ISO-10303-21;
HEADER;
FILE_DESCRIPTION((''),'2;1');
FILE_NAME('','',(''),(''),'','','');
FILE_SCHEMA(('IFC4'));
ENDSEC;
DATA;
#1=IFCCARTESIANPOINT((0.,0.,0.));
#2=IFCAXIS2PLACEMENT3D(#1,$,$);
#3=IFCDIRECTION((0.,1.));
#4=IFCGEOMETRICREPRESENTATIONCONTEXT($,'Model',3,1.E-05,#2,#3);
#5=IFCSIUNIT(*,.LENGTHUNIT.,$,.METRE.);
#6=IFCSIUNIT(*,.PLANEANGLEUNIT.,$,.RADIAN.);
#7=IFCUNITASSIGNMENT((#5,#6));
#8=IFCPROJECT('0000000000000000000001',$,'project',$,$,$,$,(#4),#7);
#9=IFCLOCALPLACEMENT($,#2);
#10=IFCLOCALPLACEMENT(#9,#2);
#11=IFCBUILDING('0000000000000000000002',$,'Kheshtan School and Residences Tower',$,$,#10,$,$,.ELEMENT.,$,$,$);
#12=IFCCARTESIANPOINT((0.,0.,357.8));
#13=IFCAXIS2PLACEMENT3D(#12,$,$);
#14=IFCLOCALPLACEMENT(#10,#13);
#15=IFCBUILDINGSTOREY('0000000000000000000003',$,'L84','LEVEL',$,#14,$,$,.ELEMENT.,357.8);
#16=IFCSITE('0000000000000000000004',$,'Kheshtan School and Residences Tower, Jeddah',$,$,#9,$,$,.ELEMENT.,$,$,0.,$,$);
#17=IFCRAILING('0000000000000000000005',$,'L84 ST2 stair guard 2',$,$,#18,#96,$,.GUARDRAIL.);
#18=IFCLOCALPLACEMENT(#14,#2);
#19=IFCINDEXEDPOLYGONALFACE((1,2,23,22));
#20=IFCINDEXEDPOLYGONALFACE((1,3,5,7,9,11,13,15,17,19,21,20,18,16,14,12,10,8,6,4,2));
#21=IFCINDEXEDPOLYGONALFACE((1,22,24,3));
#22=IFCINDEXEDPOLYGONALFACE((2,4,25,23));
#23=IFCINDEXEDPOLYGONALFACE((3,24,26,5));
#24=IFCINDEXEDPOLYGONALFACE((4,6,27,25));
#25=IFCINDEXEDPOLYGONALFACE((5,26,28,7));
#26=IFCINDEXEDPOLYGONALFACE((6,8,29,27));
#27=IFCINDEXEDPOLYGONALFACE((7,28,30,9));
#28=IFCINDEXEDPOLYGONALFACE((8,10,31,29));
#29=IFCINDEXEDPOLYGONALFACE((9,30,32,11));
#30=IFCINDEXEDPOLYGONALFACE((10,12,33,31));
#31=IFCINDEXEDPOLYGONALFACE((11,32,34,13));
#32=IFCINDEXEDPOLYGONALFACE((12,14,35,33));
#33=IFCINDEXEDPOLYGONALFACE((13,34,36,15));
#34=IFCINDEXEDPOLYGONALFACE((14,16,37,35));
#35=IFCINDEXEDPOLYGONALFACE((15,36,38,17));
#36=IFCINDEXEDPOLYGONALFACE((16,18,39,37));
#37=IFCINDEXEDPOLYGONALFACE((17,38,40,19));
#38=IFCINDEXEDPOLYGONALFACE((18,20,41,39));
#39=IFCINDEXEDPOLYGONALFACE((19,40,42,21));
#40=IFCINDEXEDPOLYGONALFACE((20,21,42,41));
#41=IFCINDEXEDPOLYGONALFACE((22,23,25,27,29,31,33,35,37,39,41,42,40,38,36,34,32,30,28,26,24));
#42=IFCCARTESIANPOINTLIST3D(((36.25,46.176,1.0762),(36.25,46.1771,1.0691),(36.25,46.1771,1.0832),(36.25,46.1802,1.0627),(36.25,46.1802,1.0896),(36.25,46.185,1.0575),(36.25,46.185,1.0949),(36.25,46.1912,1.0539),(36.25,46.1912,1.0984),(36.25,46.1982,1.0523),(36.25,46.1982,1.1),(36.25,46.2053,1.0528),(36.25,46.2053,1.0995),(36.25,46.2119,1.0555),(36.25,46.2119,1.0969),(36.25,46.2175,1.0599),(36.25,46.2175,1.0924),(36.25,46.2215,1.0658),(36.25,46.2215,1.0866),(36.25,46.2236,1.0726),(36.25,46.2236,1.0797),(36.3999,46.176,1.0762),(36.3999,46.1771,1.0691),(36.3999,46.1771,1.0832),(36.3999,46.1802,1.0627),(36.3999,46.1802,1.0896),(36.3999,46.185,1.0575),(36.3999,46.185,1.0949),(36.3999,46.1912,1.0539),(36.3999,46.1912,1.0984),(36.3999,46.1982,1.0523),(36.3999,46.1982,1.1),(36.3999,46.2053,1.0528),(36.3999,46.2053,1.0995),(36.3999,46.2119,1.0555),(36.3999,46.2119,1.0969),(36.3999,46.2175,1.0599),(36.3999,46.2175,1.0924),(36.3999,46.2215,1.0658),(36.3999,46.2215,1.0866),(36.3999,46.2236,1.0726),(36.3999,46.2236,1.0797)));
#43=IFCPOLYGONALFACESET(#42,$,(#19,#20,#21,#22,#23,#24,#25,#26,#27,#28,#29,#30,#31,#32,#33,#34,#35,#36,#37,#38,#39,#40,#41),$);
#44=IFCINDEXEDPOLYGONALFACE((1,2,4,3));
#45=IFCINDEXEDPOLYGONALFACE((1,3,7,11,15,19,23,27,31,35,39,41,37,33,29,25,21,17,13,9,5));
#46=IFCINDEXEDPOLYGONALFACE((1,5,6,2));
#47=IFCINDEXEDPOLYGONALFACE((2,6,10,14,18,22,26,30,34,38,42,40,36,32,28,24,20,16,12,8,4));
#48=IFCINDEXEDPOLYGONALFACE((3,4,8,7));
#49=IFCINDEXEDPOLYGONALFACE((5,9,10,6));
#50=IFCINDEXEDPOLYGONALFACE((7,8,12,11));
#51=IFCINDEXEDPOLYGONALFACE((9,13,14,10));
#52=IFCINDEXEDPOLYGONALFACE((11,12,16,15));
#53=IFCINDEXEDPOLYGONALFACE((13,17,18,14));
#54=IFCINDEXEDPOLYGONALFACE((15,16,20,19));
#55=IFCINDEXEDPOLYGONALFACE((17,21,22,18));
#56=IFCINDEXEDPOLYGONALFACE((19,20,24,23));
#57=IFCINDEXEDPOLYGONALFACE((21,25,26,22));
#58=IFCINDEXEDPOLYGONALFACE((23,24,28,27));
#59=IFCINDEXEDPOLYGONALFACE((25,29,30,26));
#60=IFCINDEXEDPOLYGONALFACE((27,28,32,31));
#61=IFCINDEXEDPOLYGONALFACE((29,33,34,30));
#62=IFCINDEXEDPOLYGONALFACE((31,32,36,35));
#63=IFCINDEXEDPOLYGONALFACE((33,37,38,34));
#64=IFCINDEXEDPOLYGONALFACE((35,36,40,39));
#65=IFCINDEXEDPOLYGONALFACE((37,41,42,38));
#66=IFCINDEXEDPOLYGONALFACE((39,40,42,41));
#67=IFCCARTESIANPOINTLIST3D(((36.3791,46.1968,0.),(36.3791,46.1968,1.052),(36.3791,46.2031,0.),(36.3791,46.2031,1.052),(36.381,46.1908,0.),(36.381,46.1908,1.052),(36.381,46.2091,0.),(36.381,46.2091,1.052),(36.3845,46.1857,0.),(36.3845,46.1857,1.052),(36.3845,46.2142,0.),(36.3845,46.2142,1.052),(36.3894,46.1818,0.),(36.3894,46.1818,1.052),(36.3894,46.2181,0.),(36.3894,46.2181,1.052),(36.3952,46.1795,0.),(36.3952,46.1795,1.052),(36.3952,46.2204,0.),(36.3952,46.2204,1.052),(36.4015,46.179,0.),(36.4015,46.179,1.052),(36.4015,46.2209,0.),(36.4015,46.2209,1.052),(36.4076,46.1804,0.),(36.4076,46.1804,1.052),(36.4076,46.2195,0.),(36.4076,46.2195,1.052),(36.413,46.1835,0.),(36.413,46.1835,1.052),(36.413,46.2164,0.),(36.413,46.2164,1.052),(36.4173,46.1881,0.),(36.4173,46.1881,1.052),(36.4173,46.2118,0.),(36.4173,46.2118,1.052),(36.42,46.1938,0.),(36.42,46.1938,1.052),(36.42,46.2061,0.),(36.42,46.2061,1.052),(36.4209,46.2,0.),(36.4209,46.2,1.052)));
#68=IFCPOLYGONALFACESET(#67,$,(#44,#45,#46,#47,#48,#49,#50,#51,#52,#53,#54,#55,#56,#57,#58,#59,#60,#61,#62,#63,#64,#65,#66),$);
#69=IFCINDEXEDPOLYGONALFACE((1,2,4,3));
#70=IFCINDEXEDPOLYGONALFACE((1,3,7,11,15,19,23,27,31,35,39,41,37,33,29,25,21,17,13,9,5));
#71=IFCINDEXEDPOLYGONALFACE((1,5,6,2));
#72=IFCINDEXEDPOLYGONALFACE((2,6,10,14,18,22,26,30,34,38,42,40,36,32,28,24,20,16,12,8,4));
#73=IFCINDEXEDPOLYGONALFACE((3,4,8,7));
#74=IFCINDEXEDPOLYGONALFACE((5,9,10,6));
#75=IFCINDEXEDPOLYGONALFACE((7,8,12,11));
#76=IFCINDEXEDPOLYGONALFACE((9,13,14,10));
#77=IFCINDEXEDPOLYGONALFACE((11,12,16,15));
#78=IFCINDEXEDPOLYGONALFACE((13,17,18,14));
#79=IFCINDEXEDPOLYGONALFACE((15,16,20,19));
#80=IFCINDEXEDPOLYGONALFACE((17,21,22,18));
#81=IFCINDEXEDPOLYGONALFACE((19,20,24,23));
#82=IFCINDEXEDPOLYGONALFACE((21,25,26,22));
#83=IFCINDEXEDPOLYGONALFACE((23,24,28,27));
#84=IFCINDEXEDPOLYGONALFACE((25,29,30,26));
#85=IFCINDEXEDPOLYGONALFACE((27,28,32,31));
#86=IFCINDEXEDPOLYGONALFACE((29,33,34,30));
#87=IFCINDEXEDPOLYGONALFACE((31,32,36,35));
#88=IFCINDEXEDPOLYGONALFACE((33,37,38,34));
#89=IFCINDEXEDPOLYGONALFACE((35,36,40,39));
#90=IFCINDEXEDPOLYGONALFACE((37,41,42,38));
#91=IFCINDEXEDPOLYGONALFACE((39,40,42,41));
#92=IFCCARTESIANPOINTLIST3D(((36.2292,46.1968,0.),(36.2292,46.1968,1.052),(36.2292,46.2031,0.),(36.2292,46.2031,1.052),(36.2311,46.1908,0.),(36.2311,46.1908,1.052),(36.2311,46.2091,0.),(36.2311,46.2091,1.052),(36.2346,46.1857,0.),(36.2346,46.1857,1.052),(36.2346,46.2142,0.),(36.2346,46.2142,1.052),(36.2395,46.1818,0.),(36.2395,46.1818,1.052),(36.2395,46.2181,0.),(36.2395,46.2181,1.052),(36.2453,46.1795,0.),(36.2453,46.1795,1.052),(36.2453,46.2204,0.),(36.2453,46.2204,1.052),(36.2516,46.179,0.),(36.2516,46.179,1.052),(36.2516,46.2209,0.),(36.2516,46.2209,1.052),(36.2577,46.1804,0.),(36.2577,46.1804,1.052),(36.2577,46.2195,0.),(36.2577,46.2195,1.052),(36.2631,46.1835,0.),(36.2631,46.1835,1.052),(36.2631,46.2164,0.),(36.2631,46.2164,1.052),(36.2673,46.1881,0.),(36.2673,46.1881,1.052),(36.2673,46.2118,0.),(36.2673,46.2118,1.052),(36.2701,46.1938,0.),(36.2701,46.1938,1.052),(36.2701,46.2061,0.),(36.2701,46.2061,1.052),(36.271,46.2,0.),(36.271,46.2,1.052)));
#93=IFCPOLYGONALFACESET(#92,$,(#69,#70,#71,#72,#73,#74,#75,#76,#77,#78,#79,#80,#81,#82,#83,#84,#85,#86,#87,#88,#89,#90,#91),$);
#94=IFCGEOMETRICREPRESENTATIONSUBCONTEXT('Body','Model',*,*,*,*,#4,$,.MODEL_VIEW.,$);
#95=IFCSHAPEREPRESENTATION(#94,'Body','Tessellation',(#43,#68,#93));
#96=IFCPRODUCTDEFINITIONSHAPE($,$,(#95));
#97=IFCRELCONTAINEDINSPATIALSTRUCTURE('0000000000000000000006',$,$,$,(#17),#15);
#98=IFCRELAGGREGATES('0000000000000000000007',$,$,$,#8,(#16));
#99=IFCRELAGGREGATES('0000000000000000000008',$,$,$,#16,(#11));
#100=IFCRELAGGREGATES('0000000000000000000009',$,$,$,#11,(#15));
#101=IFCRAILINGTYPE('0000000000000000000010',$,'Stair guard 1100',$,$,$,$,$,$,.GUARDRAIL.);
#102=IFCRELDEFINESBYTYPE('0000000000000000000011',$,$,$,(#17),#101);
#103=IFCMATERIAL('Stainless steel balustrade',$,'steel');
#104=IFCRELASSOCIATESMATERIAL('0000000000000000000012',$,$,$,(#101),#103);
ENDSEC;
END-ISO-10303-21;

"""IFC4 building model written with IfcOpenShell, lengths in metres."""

from ifc_helpers import new_model, si_unit, direction, frame, origin, origin_2d, place, context, subcontext, project, spatial, circle, extrude, material, type_object, element, save


model = new_model("IFC4")

# Units and contexts
model_context = context("Model", 3, precision=1e-05, world=origin(), true_north=direction((0.0, 1.0)))
body_context = subcontext(model_context, "Body", "Model", "MODEL_VIEW")
ifc_project = project(units=[si_unit("LENGTHUNIT", "METRE"), si_unit("PLANEANGLEUNIT", "RADIAN")], contexts=[model_context])

# Site, building, storey
site_placement = place(None, origin())
site = spatial("IfcSite", under=ifc_project, at=site_placement, Name="Kheshtan School and Residences Tower, Jeddah", CompositionType="ELEMENT", RefElevation=0.0)
building_placement = place(site_placement, origin())
building = spatial("IfcBuilding", under=site, at=building_placement, Name="Kheshtan School and Residences Tower", CompositionType="ELEMENT")
storey_placement = place(building_placement, frame((0.0, 0.0, 357.8)))
storey = spatial("IfcBuildingStorey", under=building, at=storey_placement, Name="L84", Description="LEVEL", CompositionType="ELEMENT", Elevation=357.8)

# Railing
ifc_material_1 = material(Name="Stainless steel balustrade", Category="steel")
railing_type_1 = type_object("IfcRailingType", Name="Stair guard 1100", PredefinedType="GUARDRAIL", material=ifc_material_1)
railing_1_placement = place(storey_placement, frame((36.3999, 46.2, 0.0)))
element("IfcRailing", 1, at=railing_1_placement, inside=storey, type_object=railing_type_1, Name="L84 ST2 stair guard 2", PredefinedType="GUARDRAIL", context=body_context, shape_type="SweptSolid", body=[
    extrude(circle(Radius=0.0239, at=origin_2d()), frame((0.0, 0.0, 1.0762), z_axis=(-1.0, 0.0, 0.0), x_axis=(0.0, -1.0, 0.0)), (0.0, 0.0, 1.0), 0.1499),
    extrude(circle(Radius=0.021, at=origin_2d()), origin(), (0.0, 0.0, 1.0), 1.052),
    extrude(circle(Radius=0.021, at=origin_2d()), frame((-0.1499, 0.0, 0.0)), (0.0, 0.0, 1.0), 1.052),
])

save(model, "model.ifc")
